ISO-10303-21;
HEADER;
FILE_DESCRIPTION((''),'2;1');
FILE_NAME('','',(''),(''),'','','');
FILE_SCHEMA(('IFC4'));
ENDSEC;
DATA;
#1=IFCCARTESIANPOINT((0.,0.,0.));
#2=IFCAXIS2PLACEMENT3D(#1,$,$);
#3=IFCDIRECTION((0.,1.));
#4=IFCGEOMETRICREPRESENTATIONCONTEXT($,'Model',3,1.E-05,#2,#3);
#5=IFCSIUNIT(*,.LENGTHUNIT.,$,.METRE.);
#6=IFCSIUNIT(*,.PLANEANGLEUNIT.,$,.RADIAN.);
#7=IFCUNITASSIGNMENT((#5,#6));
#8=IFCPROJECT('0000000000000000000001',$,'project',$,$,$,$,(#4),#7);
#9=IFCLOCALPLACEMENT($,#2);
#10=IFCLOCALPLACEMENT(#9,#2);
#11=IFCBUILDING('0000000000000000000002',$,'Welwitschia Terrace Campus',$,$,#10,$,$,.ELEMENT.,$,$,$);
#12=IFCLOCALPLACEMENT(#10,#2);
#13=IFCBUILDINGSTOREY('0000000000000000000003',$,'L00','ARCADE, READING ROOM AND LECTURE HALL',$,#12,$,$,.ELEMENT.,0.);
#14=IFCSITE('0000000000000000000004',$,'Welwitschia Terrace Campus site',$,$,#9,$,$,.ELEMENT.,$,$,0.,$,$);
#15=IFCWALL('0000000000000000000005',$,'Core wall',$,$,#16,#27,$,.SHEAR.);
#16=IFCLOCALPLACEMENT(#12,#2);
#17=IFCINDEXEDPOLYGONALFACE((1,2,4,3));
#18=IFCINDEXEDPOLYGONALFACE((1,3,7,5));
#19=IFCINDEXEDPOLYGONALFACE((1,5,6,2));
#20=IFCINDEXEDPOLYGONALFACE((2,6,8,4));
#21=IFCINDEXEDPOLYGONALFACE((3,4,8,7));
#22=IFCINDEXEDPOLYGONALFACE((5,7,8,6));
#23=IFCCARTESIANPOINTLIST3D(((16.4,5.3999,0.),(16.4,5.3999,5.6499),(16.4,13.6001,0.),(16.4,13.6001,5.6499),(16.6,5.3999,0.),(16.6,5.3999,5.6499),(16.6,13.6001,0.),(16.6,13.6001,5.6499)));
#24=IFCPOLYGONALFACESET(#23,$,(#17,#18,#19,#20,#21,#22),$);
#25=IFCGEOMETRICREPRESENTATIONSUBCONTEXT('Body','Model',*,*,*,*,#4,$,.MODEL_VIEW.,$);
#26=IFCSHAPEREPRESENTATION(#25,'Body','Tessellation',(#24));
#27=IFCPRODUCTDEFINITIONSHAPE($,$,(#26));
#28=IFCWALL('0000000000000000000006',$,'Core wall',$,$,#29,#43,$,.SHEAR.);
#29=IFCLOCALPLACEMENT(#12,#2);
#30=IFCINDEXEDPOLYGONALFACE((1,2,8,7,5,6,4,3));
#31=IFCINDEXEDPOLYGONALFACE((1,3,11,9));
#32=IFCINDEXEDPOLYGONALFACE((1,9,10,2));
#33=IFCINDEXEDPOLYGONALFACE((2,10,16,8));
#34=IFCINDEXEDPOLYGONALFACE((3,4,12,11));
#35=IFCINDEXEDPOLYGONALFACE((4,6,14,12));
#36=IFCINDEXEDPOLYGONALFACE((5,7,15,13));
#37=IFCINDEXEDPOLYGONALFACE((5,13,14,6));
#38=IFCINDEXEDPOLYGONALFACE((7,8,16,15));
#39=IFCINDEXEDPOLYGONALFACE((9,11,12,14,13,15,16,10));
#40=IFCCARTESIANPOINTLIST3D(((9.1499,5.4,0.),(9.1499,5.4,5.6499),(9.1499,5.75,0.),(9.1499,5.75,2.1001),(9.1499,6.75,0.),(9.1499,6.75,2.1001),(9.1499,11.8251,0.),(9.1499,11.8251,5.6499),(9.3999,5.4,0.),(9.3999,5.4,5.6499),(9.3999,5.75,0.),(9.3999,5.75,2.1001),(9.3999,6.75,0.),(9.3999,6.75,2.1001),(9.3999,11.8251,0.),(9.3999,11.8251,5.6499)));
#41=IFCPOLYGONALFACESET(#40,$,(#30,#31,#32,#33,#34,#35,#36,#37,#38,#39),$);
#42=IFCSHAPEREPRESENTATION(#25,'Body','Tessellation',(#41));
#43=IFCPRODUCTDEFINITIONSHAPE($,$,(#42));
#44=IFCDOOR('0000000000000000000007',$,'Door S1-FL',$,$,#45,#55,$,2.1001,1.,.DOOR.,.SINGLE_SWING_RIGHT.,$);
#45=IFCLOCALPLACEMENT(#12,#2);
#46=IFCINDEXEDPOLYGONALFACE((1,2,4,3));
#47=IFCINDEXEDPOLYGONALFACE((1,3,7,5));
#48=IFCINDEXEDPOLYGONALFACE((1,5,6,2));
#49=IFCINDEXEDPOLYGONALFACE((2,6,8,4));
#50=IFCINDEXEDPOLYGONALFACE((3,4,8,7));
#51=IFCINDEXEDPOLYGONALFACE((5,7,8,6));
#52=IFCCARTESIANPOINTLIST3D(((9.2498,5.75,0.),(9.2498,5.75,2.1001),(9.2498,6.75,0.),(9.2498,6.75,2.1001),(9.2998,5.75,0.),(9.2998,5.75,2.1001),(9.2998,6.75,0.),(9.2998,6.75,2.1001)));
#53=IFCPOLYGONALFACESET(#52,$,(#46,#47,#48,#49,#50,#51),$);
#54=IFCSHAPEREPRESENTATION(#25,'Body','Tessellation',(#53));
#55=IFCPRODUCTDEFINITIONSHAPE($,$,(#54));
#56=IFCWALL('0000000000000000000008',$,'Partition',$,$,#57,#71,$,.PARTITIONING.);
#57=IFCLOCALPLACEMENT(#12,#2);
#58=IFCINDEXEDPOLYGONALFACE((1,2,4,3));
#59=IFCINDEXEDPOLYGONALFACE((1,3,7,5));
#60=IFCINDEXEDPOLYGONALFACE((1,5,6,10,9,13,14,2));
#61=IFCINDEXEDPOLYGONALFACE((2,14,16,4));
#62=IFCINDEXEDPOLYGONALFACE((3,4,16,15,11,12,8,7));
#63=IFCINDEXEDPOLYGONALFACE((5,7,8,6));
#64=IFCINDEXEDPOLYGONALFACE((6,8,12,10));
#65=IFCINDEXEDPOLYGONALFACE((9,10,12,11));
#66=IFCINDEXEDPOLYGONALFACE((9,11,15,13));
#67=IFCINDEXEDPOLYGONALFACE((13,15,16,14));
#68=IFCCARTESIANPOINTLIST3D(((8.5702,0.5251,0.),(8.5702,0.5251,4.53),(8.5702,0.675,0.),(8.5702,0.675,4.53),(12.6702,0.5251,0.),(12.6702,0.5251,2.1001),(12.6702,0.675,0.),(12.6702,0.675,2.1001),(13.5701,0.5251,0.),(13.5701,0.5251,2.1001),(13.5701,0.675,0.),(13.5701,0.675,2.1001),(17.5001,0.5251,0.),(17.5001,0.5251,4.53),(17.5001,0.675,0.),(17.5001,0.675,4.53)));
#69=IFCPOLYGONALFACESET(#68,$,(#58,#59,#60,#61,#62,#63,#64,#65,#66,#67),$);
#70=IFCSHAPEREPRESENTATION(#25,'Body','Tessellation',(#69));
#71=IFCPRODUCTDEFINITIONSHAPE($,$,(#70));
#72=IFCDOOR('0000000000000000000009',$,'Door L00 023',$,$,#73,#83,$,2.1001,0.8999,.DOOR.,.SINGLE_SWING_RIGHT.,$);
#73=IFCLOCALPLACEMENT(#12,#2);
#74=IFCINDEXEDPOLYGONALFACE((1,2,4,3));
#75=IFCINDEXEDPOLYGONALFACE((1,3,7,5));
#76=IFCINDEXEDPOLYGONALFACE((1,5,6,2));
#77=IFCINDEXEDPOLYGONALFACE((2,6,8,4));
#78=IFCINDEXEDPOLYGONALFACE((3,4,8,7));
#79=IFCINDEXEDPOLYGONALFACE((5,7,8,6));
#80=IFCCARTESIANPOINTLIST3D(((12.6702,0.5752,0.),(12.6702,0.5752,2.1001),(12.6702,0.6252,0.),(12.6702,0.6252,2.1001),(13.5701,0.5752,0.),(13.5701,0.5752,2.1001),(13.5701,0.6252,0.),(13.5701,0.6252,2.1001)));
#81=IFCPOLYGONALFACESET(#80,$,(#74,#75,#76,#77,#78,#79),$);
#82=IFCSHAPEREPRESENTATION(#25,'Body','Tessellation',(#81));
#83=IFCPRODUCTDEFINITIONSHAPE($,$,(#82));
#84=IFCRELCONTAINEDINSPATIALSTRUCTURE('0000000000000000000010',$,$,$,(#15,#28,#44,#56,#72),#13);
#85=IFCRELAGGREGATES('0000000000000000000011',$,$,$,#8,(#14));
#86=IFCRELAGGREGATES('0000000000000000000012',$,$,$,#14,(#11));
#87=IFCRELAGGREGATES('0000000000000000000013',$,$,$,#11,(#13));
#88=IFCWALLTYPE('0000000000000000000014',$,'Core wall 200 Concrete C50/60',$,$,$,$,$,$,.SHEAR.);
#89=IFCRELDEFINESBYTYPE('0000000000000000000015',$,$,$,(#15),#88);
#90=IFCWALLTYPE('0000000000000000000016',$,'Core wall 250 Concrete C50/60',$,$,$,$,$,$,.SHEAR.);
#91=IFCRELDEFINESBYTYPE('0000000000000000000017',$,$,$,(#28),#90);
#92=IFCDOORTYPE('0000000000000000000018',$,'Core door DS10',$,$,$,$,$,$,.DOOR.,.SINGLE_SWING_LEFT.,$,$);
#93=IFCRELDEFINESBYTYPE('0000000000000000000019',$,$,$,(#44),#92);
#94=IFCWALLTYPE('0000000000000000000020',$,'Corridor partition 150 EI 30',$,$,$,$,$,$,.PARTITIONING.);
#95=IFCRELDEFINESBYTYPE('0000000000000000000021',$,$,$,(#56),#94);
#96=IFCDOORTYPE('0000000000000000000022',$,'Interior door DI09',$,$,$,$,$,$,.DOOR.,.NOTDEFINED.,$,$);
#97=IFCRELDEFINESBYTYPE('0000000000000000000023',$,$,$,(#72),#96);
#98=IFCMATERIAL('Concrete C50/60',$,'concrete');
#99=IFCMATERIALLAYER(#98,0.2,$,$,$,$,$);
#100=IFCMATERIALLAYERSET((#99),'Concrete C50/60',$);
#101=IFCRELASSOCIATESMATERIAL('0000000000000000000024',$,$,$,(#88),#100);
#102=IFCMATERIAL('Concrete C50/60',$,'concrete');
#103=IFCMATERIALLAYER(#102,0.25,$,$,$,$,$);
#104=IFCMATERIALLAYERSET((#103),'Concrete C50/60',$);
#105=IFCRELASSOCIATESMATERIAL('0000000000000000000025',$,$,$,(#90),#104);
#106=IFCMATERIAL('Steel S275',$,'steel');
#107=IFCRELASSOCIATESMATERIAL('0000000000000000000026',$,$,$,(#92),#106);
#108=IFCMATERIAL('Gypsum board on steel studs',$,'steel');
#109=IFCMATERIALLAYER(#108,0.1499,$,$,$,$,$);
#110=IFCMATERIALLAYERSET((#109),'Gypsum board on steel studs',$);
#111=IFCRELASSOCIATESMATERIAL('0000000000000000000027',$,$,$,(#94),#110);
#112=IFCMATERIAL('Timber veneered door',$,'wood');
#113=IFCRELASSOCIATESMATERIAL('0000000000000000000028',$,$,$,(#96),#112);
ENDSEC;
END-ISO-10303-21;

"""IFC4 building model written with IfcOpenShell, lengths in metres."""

from ifc_helpers import new_model, si_unit, direction, frame, frame_2d, origin, place, context, subcontext, project, spatial, rectangle, extrude, material, layer, layer_set, type_object, element, fill, save


model = new_model("IFC4")

# Units and contexts
model_context = context("Model", 3, precision=1e-05, world=origin(), true_north=direction((0.0, 1.0)))
body_context = subcontext(model_context, "Body", "Model", "MODEL_VIEW")
ifc_project = project(units=[si_unit("LENGTHUNIT", "METRE"), si_unit("PLANEANGLEUNIT", "RADIAN")], contexts=[model_context])

# Site, building, storey
site_placement = place(None, origin())
site = spatial("IfcSite", under=ifc_project, at=site_placement, Name="Welwitschia Terrace Campus site", CompositionType="ELEMENT", RefElevation=0.0)
building_placement = place(site_placement, origin())
building = spatial("IfcBuilding", under=site, at=building_placement, Name="Welwitschia Terrace Campus", CompositionType="ELEMENT")
storey_placement = place(building_placement, origin())
storey = spatial("IfcBuildingStorey", under=building, at=storey_placement, Name="L00", Description="ARCADE, READING ROOM AND LECTURE HALL", CompositionType="ELEMENT", Elevation=0.0)

# Shared definitions
ifc_material_1 = material(Name="Concrete C50/60", Category="concrete")
ifc_layer_1 = layer(ifc_material_1, 0.2)
ifc_layer_set_1 = layer_set([ifc_layer_1], Name="Concrete C50/60")
wall_type_1 = type_object("IfcWallType", Name="Core wall 200 Concrete C50/60", PredefinedType="SHEAR", material=ifc_layer_set_1)

# Wall
wall_1_placement = place(storey_placement, frame((16.5, 5.3999, 0.0), z_axis=(0.0, 0.0, 1.0), x_axis=(0.0, 1.0, 0.0)))
element("IfcWall", 1, at=wall_1_placement, inside=storey, type_object=wall_type_1, Name="Core wall", PredefinedType="SHEAR", context=body_context, shape_type="SweptSolid", body=[
    extrude(rectangle(XDim=8.2002, YDim=0.2, at=frame_2d((4.1001, 0.0))), origin(), (0.0, 0.0, 1.0), 5.6499),
])

# Walls, openings, doors
ifc_material_2 = material(Name="Concrete C50/60", Category="concrete")
ifc_layer_2 = layer(ifc_material_2, 0.25)
ifc_layer_set_2 = layer_set([ifc_layer_2], Name="Concrete C50/60")
wall_type_2 = type_object("IfcWallType", Name="Core wall 250 Concrete C50/60", PredefinedType="SHEAR", material=ifc_layer_set_2)
wall_2_placement = place(storey_placement, frame((9.2749, 11.825, 0.0), z_axis=(0.0, 0.0, 1.0), x_axis=(0.0, -1.0, 0.0)))
wall_2 = element("IfcWall", 2, at=wall_2_placement, inside=storey, type_object=wall_type_2, Name="Core wall", PredefinedType="SHEAR", context=body_context, shape_type="SweptSolid", body=[
    extrude(rectangle(XDim=6.425, YDim=0.25, at=frame_2d((3.2124, 0.0))), origin(), (0.0, 0.0, 1.0), 5.6499),
])
opening_1_placement = place(wall_2_placement, frame((5.075, 0.0, 0.0)))
opening_1 = element("IfcOpeningElement", 3, at=opening_1_placement, cuts=wall_2, PredefinedType="OPENING", context=body_context, shape_type="SweptSolid", body=[
    extrude(rectangle(XDim=1.0, YDim=2.1001, at=frame_2d((0.5, 1.05))), frame((0.0, 0.135, 0.0), z_axis=(0.0, -1.0, 0.0), x_axis=(1.0, 0.0, 0.0)), (0.0, 0.0, 1.0), 0.27),
])
ifc_material_3 = material(Name="Steel S275", Category="steel")
door_type_1 = type_object("IfcDoorType", Name="Core door DS10", OperationType="SINGLE_SWING_LEFT", PredefinedType="DOOR", material=ifc_material_3)
door_1_placement = place(opening_1_placement, origin())
door_1 = element("IfcDoor", 4, at=door_1_placement, inside=storey, type_object=door_type_1, Name="Door S1-FL", OperationType="SINGLE_SWING_RIGHT", OverallHeight=2.1001, OverallWidth=1.0, PredefinedType="DOOR", context=body_context, shape_type="SweptSolid", body=[
    extrude(rectangle(XDim=1.0, YDim=2.1001, at=frame_2d((0.5, 1.05))), frame((0.0, 0.0249, 0.0), z_axis=(0.0, -1.0, 0.0), x_axis=(1.0, 0.0, 0.0)), (0.0, 0.0, 1.0), 0.05),
])
fill(opening_1, door_1)
ifc_material_4 = material(Name="Gypsum board on steel studs", Category="steel")
ifc_layer_3 = layer(ifc_material_4, 0.1499)
ifc_layer_set_3 = layer_set([ifc_layer_3], Name="Gypsum board on steel studs")
wall_type_3 = type_object("IfcWallType", Name="Corridor partition 150 EI 30", PredefinedType="PARTITIONING", material=ifc_layer_set_3)
wall_3_placement = place(storey_placement, frame((17.5, 0.6001, 0.0), z_axis=(0.0, 0.0, 1.0), x_axis=(-1.0, 0.0, 0.0)))
wall_3 = element("IfcWall", 5, at=wall_3_placement, inside=storey, type_object=wall_type_3, Name="Partition", PredefinedType="PARTITIONING", context=body_context, shape_type="SweptSolid", body=[
    extrude(rectangle(XDim=8.9299, YDim=0.1499, at=frame_2d((4.4648, 0.0))), origin(), (0.0, 0.0, 1.0), 4.53),
])
opening_2_placement = place(wall_3_placement, frame((3.9299, 0.0, 0.0)))
opening_2 = element("IfcOpeningElement", 6, at=opening_2_placement, cuts=wall_3, PredefinedType="OPENING", context=body_context, shape_type="SweptSolid", body=[
    extrude(rectangle(XDim=0.8999, YDim=2.1001, at=frame_2d((0.45, 1.05))), frame((0.0, 0.085, 0.0), z_axis=(0.0, -1.0, 0.0), x_axis=(1.0, 0.0, 0.0)), (0.0, 0.0, 1.0), 0.1699),
])
ifc_material_5 = material(Name="Timber veneered door", Category="wood")
door_type_2 = type_object("IfcDoorType", Name="Interior door DI09", OperationType="NOTDEFINED", PredefinedType="DOOR", material=ifc_material_5)
door_2_placement = place(opening_2_placement, origin())
door_2 = element("IfcDoor", 7, at=door_2_placement, inside=storey, type_object=door_type_2, Name="Door L00 023", OperationType="SINGLE_SWING_RIGHT", OverallHeight=2.1001, OverallWidth=0.8999, PredefinedType="DOOR", context=body_context, shape_type="SweptSolid", body=[
    extrude(rectangle(XDim=0.8999, YDim=2.1001, at=frame_2d((0.45, 1.05))), frame((0.0, 0.0249, 0.0), z_axis=(0.0, -1.0, 0.0), x_axis=(1.0, 0.0, 0.0)), (0.0, 0.0, 1.0), 0.05),
])
fill(opening_2, door_2)

save(model, "model.ifc")
